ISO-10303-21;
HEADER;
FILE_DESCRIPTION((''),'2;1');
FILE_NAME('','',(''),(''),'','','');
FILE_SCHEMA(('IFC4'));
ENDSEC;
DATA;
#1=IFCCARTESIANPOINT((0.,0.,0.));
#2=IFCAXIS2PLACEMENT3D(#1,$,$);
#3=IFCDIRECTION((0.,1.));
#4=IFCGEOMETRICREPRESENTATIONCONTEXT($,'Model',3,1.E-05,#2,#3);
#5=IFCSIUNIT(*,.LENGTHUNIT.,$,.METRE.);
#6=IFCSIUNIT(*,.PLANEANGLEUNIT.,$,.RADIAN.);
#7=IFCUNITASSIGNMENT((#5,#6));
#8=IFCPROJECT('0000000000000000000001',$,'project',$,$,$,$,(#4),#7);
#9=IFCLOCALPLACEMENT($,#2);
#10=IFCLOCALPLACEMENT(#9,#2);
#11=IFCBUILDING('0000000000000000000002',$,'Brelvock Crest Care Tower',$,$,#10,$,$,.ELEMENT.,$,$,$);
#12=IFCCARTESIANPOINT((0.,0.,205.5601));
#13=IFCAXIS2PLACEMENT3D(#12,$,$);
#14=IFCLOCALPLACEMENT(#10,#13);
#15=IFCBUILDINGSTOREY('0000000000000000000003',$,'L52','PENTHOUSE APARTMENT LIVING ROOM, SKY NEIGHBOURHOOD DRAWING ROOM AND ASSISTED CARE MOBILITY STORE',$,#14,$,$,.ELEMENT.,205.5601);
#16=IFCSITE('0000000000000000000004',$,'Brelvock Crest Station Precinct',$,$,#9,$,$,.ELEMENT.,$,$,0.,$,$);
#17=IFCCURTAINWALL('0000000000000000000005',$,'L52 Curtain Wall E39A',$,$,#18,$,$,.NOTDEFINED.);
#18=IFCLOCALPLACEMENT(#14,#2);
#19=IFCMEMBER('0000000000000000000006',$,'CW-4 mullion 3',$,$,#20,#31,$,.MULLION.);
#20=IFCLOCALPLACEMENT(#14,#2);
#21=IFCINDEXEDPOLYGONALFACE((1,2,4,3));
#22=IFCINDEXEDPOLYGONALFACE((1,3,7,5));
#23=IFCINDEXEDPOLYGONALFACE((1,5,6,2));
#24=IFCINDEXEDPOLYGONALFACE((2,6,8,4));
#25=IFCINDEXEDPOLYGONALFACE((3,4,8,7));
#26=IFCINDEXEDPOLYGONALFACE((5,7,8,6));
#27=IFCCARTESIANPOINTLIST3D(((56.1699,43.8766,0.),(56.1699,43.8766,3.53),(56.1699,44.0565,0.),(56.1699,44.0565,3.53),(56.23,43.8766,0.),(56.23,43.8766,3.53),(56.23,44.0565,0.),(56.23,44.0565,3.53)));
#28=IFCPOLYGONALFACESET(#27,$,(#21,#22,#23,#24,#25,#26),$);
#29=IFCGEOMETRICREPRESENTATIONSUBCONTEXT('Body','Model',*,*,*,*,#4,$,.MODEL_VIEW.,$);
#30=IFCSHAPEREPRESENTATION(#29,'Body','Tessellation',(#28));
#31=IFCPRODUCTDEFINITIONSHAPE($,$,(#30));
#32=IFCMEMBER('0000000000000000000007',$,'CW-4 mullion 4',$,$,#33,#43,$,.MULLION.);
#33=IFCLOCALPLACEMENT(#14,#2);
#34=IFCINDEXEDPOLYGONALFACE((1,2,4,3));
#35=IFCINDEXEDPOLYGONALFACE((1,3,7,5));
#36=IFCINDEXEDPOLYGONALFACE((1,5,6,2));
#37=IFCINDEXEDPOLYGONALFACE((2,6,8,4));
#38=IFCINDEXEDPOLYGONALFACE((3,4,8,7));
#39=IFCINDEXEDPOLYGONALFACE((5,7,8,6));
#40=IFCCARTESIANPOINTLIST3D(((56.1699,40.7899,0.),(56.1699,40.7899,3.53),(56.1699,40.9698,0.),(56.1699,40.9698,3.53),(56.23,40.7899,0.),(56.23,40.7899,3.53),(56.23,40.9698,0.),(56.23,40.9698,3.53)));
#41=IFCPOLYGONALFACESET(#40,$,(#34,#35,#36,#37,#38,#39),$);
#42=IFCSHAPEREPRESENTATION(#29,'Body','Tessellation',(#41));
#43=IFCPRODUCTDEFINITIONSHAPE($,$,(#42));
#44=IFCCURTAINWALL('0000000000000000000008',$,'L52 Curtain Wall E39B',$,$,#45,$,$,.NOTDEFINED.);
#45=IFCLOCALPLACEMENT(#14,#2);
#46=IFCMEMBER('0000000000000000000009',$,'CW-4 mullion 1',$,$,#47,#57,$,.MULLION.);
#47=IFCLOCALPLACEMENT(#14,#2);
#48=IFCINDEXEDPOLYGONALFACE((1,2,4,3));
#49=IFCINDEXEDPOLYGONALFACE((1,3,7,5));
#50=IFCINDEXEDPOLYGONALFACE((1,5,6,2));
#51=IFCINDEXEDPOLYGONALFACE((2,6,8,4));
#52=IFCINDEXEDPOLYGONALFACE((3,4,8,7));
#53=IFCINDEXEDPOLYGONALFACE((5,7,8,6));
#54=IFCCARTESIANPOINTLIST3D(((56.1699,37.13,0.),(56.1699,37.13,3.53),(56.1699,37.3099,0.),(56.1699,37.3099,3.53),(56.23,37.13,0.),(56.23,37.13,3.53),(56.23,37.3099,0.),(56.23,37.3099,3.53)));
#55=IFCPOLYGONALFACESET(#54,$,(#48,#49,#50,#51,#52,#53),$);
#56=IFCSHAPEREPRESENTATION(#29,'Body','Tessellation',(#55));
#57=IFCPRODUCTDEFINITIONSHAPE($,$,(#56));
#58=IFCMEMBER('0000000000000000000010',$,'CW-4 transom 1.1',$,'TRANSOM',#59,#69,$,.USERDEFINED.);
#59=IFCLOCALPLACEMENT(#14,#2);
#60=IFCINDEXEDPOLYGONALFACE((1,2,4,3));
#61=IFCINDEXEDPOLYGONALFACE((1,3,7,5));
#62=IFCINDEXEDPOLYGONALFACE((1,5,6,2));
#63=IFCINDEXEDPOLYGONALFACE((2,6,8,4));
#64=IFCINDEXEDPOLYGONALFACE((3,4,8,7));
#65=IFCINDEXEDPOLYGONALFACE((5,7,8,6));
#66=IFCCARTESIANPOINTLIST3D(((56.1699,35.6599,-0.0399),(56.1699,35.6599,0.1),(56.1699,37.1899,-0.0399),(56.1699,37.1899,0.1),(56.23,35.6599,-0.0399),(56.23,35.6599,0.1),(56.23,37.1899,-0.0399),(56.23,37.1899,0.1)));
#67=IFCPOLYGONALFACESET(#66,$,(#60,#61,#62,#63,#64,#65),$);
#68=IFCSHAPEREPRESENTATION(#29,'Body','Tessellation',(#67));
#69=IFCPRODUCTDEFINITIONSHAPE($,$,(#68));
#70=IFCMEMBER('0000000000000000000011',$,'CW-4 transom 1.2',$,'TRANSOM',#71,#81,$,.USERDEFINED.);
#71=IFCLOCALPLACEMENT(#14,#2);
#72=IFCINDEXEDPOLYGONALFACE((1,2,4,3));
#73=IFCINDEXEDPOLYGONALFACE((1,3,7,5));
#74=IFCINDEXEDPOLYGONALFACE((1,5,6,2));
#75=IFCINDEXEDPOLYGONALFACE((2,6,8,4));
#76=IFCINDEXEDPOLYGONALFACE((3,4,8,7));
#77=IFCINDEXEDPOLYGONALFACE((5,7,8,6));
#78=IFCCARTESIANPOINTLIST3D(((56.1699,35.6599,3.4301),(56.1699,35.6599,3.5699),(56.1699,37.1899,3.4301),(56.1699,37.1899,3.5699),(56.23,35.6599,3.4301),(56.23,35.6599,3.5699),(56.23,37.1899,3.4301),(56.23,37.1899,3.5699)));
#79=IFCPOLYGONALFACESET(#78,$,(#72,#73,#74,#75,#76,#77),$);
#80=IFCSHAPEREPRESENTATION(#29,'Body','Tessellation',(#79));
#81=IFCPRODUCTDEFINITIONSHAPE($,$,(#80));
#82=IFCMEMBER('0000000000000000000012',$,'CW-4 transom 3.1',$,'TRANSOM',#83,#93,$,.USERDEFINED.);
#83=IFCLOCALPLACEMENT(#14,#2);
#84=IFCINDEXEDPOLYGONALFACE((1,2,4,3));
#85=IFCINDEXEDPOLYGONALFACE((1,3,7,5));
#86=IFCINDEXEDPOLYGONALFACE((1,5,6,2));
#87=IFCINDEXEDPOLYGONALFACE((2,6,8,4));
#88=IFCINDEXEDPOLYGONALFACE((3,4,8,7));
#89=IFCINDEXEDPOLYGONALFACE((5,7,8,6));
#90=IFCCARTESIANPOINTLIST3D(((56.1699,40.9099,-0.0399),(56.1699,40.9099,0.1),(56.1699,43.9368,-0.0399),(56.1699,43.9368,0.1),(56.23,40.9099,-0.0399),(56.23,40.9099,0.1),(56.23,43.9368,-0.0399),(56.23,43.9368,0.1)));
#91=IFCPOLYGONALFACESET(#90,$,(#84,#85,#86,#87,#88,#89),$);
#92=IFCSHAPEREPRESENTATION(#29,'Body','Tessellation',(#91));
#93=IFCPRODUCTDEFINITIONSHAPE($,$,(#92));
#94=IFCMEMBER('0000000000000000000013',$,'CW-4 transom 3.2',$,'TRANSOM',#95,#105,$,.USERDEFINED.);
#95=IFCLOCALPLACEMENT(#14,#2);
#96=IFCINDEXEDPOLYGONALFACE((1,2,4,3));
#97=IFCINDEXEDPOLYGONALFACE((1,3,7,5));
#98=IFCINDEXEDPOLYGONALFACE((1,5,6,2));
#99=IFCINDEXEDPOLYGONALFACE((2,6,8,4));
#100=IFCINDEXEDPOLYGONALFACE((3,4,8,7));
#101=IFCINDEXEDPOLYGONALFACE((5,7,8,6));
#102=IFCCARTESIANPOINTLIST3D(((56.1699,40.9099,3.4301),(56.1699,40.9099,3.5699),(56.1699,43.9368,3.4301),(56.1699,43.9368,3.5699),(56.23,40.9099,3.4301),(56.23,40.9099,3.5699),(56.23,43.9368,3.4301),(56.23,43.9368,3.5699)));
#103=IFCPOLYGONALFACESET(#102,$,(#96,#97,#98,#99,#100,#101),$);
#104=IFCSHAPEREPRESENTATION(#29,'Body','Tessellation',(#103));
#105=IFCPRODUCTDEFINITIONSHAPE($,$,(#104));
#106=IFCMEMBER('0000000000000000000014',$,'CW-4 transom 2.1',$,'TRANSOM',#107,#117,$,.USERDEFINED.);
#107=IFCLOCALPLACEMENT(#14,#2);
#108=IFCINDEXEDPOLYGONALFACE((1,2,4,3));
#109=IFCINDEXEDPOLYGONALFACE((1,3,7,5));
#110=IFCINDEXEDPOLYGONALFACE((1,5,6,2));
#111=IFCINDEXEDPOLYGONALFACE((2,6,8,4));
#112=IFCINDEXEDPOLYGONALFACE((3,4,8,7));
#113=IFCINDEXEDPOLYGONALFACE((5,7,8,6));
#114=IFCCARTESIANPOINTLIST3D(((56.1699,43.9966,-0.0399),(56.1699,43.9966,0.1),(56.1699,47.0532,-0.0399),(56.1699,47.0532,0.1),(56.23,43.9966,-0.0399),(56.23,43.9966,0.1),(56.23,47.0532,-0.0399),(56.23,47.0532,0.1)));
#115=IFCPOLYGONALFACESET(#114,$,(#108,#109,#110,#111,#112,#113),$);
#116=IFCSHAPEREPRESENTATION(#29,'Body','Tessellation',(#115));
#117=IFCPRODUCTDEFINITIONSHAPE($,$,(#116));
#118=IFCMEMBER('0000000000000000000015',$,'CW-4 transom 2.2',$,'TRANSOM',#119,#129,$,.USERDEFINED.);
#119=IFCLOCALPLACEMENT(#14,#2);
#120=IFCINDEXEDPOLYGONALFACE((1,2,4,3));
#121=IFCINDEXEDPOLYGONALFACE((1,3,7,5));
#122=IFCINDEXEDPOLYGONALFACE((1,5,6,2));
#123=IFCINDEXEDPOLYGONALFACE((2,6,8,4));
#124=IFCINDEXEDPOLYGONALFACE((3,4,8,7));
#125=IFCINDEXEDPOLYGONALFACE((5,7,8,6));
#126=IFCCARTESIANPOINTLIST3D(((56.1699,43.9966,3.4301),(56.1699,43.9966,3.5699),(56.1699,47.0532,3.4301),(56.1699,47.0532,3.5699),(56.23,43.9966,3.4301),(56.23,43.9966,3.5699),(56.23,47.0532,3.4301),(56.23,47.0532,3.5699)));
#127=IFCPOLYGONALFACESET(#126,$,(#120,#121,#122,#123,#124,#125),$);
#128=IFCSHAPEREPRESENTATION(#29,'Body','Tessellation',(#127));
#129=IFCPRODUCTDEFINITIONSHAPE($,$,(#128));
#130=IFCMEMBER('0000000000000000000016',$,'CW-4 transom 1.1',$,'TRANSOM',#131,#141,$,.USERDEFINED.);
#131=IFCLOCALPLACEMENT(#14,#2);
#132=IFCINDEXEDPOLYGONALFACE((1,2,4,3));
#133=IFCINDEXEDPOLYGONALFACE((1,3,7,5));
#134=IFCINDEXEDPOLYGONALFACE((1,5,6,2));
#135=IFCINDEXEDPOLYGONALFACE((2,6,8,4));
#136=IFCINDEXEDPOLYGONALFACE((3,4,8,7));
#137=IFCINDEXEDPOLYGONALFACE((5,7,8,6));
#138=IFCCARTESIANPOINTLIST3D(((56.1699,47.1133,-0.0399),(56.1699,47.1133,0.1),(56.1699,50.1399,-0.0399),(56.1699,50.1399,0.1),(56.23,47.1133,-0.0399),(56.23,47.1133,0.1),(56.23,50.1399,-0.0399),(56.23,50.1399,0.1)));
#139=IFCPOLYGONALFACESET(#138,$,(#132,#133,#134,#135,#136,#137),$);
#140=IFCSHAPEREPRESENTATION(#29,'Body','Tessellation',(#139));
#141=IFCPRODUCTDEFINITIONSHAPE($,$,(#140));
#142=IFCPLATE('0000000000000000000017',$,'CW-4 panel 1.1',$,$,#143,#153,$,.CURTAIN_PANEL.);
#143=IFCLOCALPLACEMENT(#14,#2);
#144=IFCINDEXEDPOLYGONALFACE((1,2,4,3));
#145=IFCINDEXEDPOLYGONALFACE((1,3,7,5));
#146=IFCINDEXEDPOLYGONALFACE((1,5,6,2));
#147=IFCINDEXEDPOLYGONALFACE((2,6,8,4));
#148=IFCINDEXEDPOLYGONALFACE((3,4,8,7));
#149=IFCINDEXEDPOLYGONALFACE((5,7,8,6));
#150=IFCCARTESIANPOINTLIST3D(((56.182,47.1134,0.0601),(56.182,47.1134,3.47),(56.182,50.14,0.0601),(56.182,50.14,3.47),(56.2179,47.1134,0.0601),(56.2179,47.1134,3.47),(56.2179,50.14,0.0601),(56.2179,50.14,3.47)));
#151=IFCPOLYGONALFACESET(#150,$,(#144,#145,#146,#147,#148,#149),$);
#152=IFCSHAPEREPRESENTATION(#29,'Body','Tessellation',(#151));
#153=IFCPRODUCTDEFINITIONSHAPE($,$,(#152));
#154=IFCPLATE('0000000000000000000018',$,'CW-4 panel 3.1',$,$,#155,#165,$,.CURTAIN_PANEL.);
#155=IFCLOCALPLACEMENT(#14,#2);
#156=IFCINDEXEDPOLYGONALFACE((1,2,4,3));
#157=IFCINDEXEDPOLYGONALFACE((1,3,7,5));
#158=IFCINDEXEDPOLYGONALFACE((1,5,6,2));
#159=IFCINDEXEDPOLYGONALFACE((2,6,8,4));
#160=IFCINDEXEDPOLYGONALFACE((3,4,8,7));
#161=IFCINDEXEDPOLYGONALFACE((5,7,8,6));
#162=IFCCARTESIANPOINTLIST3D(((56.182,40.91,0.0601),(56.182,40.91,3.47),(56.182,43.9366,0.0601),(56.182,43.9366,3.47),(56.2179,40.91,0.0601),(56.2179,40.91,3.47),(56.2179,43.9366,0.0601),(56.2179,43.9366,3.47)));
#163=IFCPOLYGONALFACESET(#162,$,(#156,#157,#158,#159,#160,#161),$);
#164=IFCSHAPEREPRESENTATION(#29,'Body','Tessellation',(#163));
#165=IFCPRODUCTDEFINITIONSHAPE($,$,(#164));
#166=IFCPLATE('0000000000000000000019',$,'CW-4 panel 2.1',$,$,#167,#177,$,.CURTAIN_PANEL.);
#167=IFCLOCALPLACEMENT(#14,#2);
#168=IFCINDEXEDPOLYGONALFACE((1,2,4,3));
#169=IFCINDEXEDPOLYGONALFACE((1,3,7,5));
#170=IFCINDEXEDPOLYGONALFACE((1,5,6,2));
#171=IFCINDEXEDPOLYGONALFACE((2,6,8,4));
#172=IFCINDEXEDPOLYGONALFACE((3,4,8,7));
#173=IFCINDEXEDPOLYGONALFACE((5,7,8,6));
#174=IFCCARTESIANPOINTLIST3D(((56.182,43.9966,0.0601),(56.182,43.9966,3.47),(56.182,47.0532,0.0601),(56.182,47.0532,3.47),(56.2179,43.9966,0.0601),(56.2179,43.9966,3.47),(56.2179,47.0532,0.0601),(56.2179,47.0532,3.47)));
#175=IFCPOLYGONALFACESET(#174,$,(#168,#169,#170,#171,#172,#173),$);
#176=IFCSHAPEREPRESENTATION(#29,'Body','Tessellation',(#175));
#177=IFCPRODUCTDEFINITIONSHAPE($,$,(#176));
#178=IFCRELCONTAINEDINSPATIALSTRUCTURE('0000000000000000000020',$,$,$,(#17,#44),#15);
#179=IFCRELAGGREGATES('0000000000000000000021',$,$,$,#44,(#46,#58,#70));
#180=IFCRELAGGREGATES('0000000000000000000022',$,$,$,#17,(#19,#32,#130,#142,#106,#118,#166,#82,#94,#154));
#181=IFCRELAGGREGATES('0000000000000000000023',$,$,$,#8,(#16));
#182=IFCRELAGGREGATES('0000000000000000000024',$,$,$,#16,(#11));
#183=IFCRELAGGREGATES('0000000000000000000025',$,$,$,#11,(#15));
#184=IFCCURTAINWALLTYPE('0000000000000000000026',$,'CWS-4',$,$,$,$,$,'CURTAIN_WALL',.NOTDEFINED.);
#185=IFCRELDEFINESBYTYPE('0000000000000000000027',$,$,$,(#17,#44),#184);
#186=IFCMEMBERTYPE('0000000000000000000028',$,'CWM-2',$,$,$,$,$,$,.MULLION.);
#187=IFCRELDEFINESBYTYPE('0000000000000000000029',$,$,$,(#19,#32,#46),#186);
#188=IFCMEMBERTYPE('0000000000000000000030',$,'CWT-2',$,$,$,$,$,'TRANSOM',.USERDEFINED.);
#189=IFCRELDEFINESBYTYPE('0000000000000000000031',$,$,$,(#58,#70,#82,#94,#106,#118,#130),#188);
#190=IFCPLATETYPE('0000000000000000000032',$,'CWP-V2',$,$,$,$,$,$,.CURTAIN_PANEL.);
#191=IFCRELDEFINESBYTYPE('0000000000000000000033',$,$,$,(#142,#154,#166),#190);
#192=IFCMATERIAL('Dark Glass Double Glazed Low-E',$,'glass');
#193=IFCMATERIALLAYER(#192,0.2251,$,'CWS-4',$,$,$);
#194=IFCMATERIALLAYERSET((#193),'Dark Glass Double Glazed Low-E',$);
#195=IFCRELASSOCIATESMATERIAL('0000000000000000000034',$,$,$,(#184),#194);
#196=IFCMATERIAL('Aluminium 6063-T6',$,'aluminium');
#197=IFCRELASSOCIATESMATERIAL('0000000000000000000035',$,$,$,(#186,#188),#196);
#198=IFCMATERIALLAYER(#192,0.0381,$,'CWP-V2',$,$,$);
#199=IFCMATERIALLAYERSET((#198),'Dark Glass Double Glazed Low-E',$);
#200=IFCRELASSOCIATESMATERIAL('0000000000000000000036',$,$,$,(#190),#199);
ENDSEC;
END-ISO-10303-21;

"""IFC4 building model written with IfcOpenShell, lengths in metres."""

from ifc_helpers import new_model, si_unit, direction, frame, origin, origin_2d, place, context, subcontext, project, spatial, rectangle, extrude, source, transform, mapped, material, layer, layer_set, material_profile, profile_set, type_object, element, aggregate, save


model = new_model("IFC4")

# Units and contexts
model_context = context("Model", 3, precision=1e-05, world=origin(), true_north=direction((0.0, 1.0)))
body_context = subcontext(model_context, "Body", "Model", "MODEL_VIEW")
ifc_project = project(units=[si_unit("LENGTHUNIT", "METRE"), si_unit("PLANEANGLEUNIT", "RADIAN")], contexts=[model_context])

# Site, building, storey
site_placement = place(None, origin())
site = spatial("IfcSite", under=ifc_project, at=site_placement, Name="Brelvock Crest Station Precinct", CompositionType="ELEMENT", RefElevation=0.0)
building_placement = place(site_placement, origin())
building = spatial("IfcBuilding", under=site, at=building_placement, Name="Brelvock Crest Care Tower", CompositionType="ELEMENT")
storey_placement = place(building_placement, frame((0.0, 0.0, 205.5601)))
storey = spatial("IfcBuildingStorey", under=building, at=storey_placement, Name="L52", Description="PENTHOUSE APARTMENT LIVING ROOM, SKY NEIGHBOURHOOD DRAWING ROOM AND ASSISTED CARE MOBILITY STORE", CompositionType="ELEMENT", Elevation=205.5601)

# Curtain walls, members
ifc_material_1 = material(Name="Dark Glass Double Glazed Low-E", Category="glass")
ifc_layer_1 = layer(ifc_material_1, 0.2251, Name="CWS-4")
ifc_layer_set_1 = layer_set([ifc_layer_1], Name="Dark Glass Double Glazed Low-E")
curtain_wall_type = type_object("IfcCurtainWallType", Name="CWS-4", ElementType="CURTAIN_WALL", PredefinedType="NOTDEFINED", material=ifc_layer_set_1)
curtain_wall_1_placement = place(storey_placement, origin())
curtain_wall_1 = element("IfcCurtainWall", 1, at=curtain_wall_1_placement, inside=storey, type_object=curtain_wall_type, Name="L52 Curtain Wall E39A", PredefinedType="NOTDEFINED")
ifc_material_2 = material(Name="Aluminium 6063-T6", Category="aluminium")
ifc_material_profile_1 = material_profile(ifc_material_2, rectangle(XDim=0.0601, YDim=0.1799, at=origin_2d()), Name="ALU60x180")
ifc_profile_set_1 = profile_set([ifc_material_profile_1], Name="Aluminium 6063-T6")
member_type_1 = type_object("IfcMemberType", Name="CWM-2", PredefinedType="MULLION", material=ifc_profile_set_1)
shared_shape_1 = source(origin(), body_context, "Body", "SweptSolid", [
    extrude(rectangle(XDim=0.0601, YDim=0.1799, at=origin_2d()), origin(), (0.0, 0.0, 1.0), 3.53),
])
member_1_placement = place(storey_placement, frame((56.2, 43.9666, 0.0), z_axis=(0.0, 0.0, 1.0), x_axis=(1.0, 0.0, 0.0)))
member_1 = element("IfcMember", 2, at=member_1_placement, type_object=member_type_1, Name="CW-4 mullion 3", PredefinedType="MULLION", context=body_context, shape_type="MappedRepresentation", body=[
    mapped(shared_shape_1, transform((0.0, 0.0, 0.0), x_axis=(1.0, 0.0, 0.0), y_axis=(0.0, 1.0, 0.0), z_axis=(0.0, 0.0, 1.0), scale=1.0)),
])
member_2_placement = place(storey_placement, frame((56.2, 40.8799, 0.0), z_axis=(0.0, 0.0, 1.0), x_axis=(1.0, 0.0, 0.0)))
member_2 = element("IfcMember", 3, at=member_2_placement, type_object=member_type_1, Name="CW-4 mullion 4", PredefinedType="MULLION", context=body_context, shape_type="MappedRepresentation", body=[
    mapped(shared_shape_1, transform((0.0, 0.0, 0.0), x_axis=(1.0, 0.0, 0.0), y_axis=(0.0, 1.0, 0.0), z_axis=(0.0, 0.0, 1.0), scale=1.0)),
])
curtain_wall_2_placement = place(storey_placement, origin())
curtain_wall_2 = element("IfcCurtainWall", 4, at=curtain_wall_2_placement, inside=storey, type_object=curtain_wall_type, Name="L52 Curtain Wall E39B", PredefinedType="NOTDEFINED")
member_3_placement = place(storey_placement, frame((56.2, 37.22, 0.0), z_axis=(0.0, 0.0, 1.0), x_axis=(1.0, 0.0, 0.0)))
member_3 = element("IfcMember", 5, at=member_3_placement, type_object=member_type_1, Name="CW-4 mullion 1", PredefinedType="MULLION", context=body_context, shape_type="MappedRepresentation", body=[
    mapped(shared_shape_1, transform((0.0, 0.0, 0.0), x_axis=(1.0, 0.0, 0.0), y_axis=(0.0, 1.0, 0.0), z_axis=(0.0, 0.0, 1.0), scale=1.0)),
])
ifc_material_profile_2 = material_profile(ifc_material_2, rectangle(XDim=0.0601, YDim=0.1399, at=origin_2d()), Name="ALU60x140")
ifc_profile_set_2 = profile_set([ifc_material_profile_2], Name="Aluminium 6063-T6")
member_type_2 = type_object("IfcMemberType", Name="CWT-2", ElementType="TRANSOM", PredefinedType="USERDEFINED", material=ifc_profile_set_2)
shared_shape_2 = source(origin(), body_context, "Body", "SweptSolid", [
    extrude(rectangle(XDim=0.0601, YDim=0.1399, at=origin_2d()), origin(), (0.0, 0.0, 1.0), 1.53),
])
member_4_placement = place(storey_placement, frame((56.2, 37.1899, 0.03), z_axis=(0.0, -1.0, 0.0), x_axis=(1.0, 0.0, 0.0)))
member_4 = element("IfcMember", 6, at=member_4_placement, type_object=member_type_2, Name="CW-4 transom 1.1", ObjectType="TRANSOM", PredefinedType="USERDEFINED", context=body_context, shape_type="MappedRepresentation", body=[
    mapped(shared_shape_2, transform((0.0, 0.0, 0.0), x_axis=(1.0, 0.0, 0.0), y_axis=(0.0, 1.0, 0.0), z_axis=(0.0, 0.0, 1.0), scale=1.0)),
])
member_5_placement = place(storey_placement, frame((56.2, 37.1899, 3.5), z_axis=(0.0, -1.0, 0.0), x_axis=(1.0, 0.0, 0.0)))
member_5 = element("IfcMember", 7, at=member_5_placement, type_object=member_type_2, Name="CW-4 transom 1.2", ObjectType="TRANSOM", PredefinedType="USERDEFINED", context=body_context, shape_type="MappedRepresentation", body=[
    mapped(shared_shape_2, transform((0.0, 0.0, 0.0), x_axis=(1.0, 0.0, 0.0), y_axis=(0.0, 1.0, 0.0), z_axis=(0.0, 0.0, 1.0), scale=1.0)),
])
aggregate(curtain_wall_2, [member_3, member_4, member_5])

# Members
shared_shape_3 = source(origin(), body_context, "Body", "SweptSolid", [
    extrude(rectangle(XDim=0.0601, YDim=0.1399, at=origin_2d()), origin(), (0.0, 0.0, 1.0), 3.0269),
])
member_6_placement = place(storey_placement, frame((56.2, 43.9368, 0.03), z_axis=(0.0, -1.0, 0.0), x_axis=(1.0, 0.0, 0.0)))
member_6 = element("IfcMember", 8, at=member_6_placement, type_object=member_type_2, Name="CW-4 transom 3.1", ObjectType="TRANSOM", PredefinedType="USERDEFINED", context=body_context, shape_type="MappedRepresentation", body=[
    mapped(shared_shape_3, transform((0.0, 0.0, 0.0), x_axis=(1.0, 0.0, 0.0), y_axis=(0.0, 1.0, 0.0), z_axis=(0.0, 0.0, 1.0), scale=1.0)),
])
member_7_placement = place(storey_placement, frame((56.2, 43.9368, 3.5), z_axis=(0.0, -1.0, 0.0), x_axis=(1.0, 0.0, 0.0)))
member_7 = element("IfcMember", 9, at=member_7_placement, type_object=member_type_2, Name="CW-4 transom 3.2", ObjectType="TRANSOM", PredefinedType="USERDEFINED", context=body_context, shape_type="MappedRepresentation", body=[
    mapped(shared_shape_3, transform((0.0, 0.0, 0.0), x_axis=(1.0, 0.0, 0.0), y_axis=(0.0, 1.0, 0.0), z_axis=(0.0, 0.0, 1.0), scale=1.0)),
])
shared_shape_4 = source(origin(), body_context, "Body", "SweptSolid", [
    extrude(rectangle(XDim=0.0601, YDim=0.1399, at=origin_2d()), origin(), (0.0, 0.0, 1.0), 3.0566),
])
member_8_placement = place(storey_placement, frame((56.2, 47.0532, 0.03), z_axis=(0.0, -1.0, 0.0), x_axis=(1.0, 0.0, 0.0)))
member_8 = element("IfcMember", 10, at=member_8_placement, type_object=member_type_2, Name="CW-4 transom 2.1", ObjectType="TRANSOM", PredefinedType="USERDEFINED", context=body_context, shape_type="MappedRepresentation", body=[
    mapped(shared_shape_4, transform((0.0, 0.0, 0.0), x_axis=(1.0, 0.0, 0.0), y_axis=(0.0, 1.0, 0.0), z_axis=(0.0, 0.0, 1.0), scale=1.0)),
])
member_9_placement = place(storey_placement, frame((56.2, 47.0532, 3.5), z_axis=(0.0, -1.0, 0.0), x_axis=(1.0, 0.0, 0.0)))
member_9 = element("IfcMember", 11, at=member_9_placement, type_object=member_type_2, Name="CW-4 transom 2.2", ObjectType="TRANSOM", PredefinedType="USERDEFINED", context=body_context, shape_type="MappedRepresentation", body=[
    mapped(shared_shape_4, transform((0.0, 0.0, 0.0), x_axis=(1.0, 0.0, 0.0), y_axis=(0.0, 1.0, 0.0), z_axis=(0.0, 0.0, 1.0), scale=1.0)),
])
shared_shape_5 = source(origin(), body_context, "Body", "SweptSolid", [
    extrude(rectangle(XDim=0.0601, YDim=0.1399, at=origin_2d()), origin(), (0.0, 0.0, 1.0), 3.0266),
])
member_10_placement = place(storey_placement, frame((56.2, 50.1399, 0.03), z_axis=(0.0, -1.0, 0.0), x_axis=(1.0, 0.0, 0.0)))
member_10 = element("IfcMember", 12, at=member_10_placement, type_object=member_type_2, Name="CW-4 transom 1.1", ObjectType="TRANSOM", PredefinedType="USERDEFINED", context=body_context, shape_type="MappedRepresentation", body=[
    mapped(shared_shape_5, transform((0.0, 0.0, 0.0), x_axis=(1.0, 0.0, 0.0), y_axis=(0.0, 1.0, 0.0), z_axis=(0.0, 0.0, 1.0), scale=1.0)),
])

# Plates
ifc_layer_2 = layer(ifc_material_1, 0.0381, Name="CWP-V2")
ifc_layer_set_2 = layer_set([ifc_layer_2], Name="Dark Glass Double Glazed Low-E")
plate_type = type_object("IfcPlateType", Name="CWP-V2", PredefinedType="CURTAIN_PANEL", material=ifc_layer_set_2)
shared_shape_6 = source(origin(), body_context, "Body", "SweptSolid", [
    extrude(rectangle(XDim=3.0266, YDim=0.0359, at=origin_2d()), origin(), (0.0, 0.0, 1.0), 3.4099),
])
plate_1_placement = place(storey_placement, frame((56.2, 48.6267, 0.0601), z_axis=(0.0, 0.0, 1.0), x_axis=(0.0, -1.0, 0.0)))
plate_1 = element("IfcPlate", 13, at=plate_1_placement, type_object=plate_type, Name="CW-4 panel 1.1", PredefinedType="CURTAIN_PANEL", context=body_context, shape_type="MappedRepresentation", body=[
    mapped(shared_shape_6, transform((0.0, 0.0, 0.0), x_axis=(1.0, 0.0, 0.0), y_axis=(0.0, 1.0, 0.0), z_axis=(0.0, 0.0, 1.0), scale=1.0)),
])
plate_2_placement = place(storey_placement, frame((56.2, 42.4233, 0.0601), z_axis=(0.0, 0.0, 1.0), x_axis=(0.0, -1.0, 0.0)))
plate_2 = element("IfcPlate", 14, at=plate_2_placement, type_object=plate_type, Name="CW-4 panel 3.1", PredefinedType="CURTAIN_PANEL", context=body_context, shape_type="MappedRepresentation", body=[
    mapped(shared_shape_6, transform((0.0, 0.0, 0.0), x_axis=(1.0, 0.0, 0.0), y_axis=(0.0, 1.0, 0.0), z_axis=(0.0, 0.0, 1.0), scale=1.0)),
])
shared_shape_7 = source(origin(), body_context, "Body", "SweptSolid", [
    extrude(rectangle(XDim=3.0566, YDim=0.0359, at=origin_2d()), origin(), (0.0, 0.0, 1.0), 3.4099),
])
plate_3_placement = place(storey_placement, frame((56.2, 45.5249, 0.0601), z_axis=(0.0, 0.0, 1.0), x_axis=(0.0, -1.0, 0.0)))
plate_3 = element("IfcPlate", 15, at=plate_3_placement, type_object=plate_type, Name="CW-4 panel 2.1", PredefinedType="CURTAIN_PANEL", context=body_context, shape_type="MappedRepresentation", body=[
    mapped(shared_shape_7, transform((0.0, 0.0, 0.0), x_axis=(1.0, 0.0, 0.0), y_axis=(0.0, 1.0, 0.0), z_axis=(0.0, 0.0, 1.0), scale=1.0)),
])
aggregate(curtain_wall_1, [member_1, member_2, member_10, plate_1, member_8, member_9, plate_3, member_6, member_7, plate_2])

save(model, "model.ifc")
